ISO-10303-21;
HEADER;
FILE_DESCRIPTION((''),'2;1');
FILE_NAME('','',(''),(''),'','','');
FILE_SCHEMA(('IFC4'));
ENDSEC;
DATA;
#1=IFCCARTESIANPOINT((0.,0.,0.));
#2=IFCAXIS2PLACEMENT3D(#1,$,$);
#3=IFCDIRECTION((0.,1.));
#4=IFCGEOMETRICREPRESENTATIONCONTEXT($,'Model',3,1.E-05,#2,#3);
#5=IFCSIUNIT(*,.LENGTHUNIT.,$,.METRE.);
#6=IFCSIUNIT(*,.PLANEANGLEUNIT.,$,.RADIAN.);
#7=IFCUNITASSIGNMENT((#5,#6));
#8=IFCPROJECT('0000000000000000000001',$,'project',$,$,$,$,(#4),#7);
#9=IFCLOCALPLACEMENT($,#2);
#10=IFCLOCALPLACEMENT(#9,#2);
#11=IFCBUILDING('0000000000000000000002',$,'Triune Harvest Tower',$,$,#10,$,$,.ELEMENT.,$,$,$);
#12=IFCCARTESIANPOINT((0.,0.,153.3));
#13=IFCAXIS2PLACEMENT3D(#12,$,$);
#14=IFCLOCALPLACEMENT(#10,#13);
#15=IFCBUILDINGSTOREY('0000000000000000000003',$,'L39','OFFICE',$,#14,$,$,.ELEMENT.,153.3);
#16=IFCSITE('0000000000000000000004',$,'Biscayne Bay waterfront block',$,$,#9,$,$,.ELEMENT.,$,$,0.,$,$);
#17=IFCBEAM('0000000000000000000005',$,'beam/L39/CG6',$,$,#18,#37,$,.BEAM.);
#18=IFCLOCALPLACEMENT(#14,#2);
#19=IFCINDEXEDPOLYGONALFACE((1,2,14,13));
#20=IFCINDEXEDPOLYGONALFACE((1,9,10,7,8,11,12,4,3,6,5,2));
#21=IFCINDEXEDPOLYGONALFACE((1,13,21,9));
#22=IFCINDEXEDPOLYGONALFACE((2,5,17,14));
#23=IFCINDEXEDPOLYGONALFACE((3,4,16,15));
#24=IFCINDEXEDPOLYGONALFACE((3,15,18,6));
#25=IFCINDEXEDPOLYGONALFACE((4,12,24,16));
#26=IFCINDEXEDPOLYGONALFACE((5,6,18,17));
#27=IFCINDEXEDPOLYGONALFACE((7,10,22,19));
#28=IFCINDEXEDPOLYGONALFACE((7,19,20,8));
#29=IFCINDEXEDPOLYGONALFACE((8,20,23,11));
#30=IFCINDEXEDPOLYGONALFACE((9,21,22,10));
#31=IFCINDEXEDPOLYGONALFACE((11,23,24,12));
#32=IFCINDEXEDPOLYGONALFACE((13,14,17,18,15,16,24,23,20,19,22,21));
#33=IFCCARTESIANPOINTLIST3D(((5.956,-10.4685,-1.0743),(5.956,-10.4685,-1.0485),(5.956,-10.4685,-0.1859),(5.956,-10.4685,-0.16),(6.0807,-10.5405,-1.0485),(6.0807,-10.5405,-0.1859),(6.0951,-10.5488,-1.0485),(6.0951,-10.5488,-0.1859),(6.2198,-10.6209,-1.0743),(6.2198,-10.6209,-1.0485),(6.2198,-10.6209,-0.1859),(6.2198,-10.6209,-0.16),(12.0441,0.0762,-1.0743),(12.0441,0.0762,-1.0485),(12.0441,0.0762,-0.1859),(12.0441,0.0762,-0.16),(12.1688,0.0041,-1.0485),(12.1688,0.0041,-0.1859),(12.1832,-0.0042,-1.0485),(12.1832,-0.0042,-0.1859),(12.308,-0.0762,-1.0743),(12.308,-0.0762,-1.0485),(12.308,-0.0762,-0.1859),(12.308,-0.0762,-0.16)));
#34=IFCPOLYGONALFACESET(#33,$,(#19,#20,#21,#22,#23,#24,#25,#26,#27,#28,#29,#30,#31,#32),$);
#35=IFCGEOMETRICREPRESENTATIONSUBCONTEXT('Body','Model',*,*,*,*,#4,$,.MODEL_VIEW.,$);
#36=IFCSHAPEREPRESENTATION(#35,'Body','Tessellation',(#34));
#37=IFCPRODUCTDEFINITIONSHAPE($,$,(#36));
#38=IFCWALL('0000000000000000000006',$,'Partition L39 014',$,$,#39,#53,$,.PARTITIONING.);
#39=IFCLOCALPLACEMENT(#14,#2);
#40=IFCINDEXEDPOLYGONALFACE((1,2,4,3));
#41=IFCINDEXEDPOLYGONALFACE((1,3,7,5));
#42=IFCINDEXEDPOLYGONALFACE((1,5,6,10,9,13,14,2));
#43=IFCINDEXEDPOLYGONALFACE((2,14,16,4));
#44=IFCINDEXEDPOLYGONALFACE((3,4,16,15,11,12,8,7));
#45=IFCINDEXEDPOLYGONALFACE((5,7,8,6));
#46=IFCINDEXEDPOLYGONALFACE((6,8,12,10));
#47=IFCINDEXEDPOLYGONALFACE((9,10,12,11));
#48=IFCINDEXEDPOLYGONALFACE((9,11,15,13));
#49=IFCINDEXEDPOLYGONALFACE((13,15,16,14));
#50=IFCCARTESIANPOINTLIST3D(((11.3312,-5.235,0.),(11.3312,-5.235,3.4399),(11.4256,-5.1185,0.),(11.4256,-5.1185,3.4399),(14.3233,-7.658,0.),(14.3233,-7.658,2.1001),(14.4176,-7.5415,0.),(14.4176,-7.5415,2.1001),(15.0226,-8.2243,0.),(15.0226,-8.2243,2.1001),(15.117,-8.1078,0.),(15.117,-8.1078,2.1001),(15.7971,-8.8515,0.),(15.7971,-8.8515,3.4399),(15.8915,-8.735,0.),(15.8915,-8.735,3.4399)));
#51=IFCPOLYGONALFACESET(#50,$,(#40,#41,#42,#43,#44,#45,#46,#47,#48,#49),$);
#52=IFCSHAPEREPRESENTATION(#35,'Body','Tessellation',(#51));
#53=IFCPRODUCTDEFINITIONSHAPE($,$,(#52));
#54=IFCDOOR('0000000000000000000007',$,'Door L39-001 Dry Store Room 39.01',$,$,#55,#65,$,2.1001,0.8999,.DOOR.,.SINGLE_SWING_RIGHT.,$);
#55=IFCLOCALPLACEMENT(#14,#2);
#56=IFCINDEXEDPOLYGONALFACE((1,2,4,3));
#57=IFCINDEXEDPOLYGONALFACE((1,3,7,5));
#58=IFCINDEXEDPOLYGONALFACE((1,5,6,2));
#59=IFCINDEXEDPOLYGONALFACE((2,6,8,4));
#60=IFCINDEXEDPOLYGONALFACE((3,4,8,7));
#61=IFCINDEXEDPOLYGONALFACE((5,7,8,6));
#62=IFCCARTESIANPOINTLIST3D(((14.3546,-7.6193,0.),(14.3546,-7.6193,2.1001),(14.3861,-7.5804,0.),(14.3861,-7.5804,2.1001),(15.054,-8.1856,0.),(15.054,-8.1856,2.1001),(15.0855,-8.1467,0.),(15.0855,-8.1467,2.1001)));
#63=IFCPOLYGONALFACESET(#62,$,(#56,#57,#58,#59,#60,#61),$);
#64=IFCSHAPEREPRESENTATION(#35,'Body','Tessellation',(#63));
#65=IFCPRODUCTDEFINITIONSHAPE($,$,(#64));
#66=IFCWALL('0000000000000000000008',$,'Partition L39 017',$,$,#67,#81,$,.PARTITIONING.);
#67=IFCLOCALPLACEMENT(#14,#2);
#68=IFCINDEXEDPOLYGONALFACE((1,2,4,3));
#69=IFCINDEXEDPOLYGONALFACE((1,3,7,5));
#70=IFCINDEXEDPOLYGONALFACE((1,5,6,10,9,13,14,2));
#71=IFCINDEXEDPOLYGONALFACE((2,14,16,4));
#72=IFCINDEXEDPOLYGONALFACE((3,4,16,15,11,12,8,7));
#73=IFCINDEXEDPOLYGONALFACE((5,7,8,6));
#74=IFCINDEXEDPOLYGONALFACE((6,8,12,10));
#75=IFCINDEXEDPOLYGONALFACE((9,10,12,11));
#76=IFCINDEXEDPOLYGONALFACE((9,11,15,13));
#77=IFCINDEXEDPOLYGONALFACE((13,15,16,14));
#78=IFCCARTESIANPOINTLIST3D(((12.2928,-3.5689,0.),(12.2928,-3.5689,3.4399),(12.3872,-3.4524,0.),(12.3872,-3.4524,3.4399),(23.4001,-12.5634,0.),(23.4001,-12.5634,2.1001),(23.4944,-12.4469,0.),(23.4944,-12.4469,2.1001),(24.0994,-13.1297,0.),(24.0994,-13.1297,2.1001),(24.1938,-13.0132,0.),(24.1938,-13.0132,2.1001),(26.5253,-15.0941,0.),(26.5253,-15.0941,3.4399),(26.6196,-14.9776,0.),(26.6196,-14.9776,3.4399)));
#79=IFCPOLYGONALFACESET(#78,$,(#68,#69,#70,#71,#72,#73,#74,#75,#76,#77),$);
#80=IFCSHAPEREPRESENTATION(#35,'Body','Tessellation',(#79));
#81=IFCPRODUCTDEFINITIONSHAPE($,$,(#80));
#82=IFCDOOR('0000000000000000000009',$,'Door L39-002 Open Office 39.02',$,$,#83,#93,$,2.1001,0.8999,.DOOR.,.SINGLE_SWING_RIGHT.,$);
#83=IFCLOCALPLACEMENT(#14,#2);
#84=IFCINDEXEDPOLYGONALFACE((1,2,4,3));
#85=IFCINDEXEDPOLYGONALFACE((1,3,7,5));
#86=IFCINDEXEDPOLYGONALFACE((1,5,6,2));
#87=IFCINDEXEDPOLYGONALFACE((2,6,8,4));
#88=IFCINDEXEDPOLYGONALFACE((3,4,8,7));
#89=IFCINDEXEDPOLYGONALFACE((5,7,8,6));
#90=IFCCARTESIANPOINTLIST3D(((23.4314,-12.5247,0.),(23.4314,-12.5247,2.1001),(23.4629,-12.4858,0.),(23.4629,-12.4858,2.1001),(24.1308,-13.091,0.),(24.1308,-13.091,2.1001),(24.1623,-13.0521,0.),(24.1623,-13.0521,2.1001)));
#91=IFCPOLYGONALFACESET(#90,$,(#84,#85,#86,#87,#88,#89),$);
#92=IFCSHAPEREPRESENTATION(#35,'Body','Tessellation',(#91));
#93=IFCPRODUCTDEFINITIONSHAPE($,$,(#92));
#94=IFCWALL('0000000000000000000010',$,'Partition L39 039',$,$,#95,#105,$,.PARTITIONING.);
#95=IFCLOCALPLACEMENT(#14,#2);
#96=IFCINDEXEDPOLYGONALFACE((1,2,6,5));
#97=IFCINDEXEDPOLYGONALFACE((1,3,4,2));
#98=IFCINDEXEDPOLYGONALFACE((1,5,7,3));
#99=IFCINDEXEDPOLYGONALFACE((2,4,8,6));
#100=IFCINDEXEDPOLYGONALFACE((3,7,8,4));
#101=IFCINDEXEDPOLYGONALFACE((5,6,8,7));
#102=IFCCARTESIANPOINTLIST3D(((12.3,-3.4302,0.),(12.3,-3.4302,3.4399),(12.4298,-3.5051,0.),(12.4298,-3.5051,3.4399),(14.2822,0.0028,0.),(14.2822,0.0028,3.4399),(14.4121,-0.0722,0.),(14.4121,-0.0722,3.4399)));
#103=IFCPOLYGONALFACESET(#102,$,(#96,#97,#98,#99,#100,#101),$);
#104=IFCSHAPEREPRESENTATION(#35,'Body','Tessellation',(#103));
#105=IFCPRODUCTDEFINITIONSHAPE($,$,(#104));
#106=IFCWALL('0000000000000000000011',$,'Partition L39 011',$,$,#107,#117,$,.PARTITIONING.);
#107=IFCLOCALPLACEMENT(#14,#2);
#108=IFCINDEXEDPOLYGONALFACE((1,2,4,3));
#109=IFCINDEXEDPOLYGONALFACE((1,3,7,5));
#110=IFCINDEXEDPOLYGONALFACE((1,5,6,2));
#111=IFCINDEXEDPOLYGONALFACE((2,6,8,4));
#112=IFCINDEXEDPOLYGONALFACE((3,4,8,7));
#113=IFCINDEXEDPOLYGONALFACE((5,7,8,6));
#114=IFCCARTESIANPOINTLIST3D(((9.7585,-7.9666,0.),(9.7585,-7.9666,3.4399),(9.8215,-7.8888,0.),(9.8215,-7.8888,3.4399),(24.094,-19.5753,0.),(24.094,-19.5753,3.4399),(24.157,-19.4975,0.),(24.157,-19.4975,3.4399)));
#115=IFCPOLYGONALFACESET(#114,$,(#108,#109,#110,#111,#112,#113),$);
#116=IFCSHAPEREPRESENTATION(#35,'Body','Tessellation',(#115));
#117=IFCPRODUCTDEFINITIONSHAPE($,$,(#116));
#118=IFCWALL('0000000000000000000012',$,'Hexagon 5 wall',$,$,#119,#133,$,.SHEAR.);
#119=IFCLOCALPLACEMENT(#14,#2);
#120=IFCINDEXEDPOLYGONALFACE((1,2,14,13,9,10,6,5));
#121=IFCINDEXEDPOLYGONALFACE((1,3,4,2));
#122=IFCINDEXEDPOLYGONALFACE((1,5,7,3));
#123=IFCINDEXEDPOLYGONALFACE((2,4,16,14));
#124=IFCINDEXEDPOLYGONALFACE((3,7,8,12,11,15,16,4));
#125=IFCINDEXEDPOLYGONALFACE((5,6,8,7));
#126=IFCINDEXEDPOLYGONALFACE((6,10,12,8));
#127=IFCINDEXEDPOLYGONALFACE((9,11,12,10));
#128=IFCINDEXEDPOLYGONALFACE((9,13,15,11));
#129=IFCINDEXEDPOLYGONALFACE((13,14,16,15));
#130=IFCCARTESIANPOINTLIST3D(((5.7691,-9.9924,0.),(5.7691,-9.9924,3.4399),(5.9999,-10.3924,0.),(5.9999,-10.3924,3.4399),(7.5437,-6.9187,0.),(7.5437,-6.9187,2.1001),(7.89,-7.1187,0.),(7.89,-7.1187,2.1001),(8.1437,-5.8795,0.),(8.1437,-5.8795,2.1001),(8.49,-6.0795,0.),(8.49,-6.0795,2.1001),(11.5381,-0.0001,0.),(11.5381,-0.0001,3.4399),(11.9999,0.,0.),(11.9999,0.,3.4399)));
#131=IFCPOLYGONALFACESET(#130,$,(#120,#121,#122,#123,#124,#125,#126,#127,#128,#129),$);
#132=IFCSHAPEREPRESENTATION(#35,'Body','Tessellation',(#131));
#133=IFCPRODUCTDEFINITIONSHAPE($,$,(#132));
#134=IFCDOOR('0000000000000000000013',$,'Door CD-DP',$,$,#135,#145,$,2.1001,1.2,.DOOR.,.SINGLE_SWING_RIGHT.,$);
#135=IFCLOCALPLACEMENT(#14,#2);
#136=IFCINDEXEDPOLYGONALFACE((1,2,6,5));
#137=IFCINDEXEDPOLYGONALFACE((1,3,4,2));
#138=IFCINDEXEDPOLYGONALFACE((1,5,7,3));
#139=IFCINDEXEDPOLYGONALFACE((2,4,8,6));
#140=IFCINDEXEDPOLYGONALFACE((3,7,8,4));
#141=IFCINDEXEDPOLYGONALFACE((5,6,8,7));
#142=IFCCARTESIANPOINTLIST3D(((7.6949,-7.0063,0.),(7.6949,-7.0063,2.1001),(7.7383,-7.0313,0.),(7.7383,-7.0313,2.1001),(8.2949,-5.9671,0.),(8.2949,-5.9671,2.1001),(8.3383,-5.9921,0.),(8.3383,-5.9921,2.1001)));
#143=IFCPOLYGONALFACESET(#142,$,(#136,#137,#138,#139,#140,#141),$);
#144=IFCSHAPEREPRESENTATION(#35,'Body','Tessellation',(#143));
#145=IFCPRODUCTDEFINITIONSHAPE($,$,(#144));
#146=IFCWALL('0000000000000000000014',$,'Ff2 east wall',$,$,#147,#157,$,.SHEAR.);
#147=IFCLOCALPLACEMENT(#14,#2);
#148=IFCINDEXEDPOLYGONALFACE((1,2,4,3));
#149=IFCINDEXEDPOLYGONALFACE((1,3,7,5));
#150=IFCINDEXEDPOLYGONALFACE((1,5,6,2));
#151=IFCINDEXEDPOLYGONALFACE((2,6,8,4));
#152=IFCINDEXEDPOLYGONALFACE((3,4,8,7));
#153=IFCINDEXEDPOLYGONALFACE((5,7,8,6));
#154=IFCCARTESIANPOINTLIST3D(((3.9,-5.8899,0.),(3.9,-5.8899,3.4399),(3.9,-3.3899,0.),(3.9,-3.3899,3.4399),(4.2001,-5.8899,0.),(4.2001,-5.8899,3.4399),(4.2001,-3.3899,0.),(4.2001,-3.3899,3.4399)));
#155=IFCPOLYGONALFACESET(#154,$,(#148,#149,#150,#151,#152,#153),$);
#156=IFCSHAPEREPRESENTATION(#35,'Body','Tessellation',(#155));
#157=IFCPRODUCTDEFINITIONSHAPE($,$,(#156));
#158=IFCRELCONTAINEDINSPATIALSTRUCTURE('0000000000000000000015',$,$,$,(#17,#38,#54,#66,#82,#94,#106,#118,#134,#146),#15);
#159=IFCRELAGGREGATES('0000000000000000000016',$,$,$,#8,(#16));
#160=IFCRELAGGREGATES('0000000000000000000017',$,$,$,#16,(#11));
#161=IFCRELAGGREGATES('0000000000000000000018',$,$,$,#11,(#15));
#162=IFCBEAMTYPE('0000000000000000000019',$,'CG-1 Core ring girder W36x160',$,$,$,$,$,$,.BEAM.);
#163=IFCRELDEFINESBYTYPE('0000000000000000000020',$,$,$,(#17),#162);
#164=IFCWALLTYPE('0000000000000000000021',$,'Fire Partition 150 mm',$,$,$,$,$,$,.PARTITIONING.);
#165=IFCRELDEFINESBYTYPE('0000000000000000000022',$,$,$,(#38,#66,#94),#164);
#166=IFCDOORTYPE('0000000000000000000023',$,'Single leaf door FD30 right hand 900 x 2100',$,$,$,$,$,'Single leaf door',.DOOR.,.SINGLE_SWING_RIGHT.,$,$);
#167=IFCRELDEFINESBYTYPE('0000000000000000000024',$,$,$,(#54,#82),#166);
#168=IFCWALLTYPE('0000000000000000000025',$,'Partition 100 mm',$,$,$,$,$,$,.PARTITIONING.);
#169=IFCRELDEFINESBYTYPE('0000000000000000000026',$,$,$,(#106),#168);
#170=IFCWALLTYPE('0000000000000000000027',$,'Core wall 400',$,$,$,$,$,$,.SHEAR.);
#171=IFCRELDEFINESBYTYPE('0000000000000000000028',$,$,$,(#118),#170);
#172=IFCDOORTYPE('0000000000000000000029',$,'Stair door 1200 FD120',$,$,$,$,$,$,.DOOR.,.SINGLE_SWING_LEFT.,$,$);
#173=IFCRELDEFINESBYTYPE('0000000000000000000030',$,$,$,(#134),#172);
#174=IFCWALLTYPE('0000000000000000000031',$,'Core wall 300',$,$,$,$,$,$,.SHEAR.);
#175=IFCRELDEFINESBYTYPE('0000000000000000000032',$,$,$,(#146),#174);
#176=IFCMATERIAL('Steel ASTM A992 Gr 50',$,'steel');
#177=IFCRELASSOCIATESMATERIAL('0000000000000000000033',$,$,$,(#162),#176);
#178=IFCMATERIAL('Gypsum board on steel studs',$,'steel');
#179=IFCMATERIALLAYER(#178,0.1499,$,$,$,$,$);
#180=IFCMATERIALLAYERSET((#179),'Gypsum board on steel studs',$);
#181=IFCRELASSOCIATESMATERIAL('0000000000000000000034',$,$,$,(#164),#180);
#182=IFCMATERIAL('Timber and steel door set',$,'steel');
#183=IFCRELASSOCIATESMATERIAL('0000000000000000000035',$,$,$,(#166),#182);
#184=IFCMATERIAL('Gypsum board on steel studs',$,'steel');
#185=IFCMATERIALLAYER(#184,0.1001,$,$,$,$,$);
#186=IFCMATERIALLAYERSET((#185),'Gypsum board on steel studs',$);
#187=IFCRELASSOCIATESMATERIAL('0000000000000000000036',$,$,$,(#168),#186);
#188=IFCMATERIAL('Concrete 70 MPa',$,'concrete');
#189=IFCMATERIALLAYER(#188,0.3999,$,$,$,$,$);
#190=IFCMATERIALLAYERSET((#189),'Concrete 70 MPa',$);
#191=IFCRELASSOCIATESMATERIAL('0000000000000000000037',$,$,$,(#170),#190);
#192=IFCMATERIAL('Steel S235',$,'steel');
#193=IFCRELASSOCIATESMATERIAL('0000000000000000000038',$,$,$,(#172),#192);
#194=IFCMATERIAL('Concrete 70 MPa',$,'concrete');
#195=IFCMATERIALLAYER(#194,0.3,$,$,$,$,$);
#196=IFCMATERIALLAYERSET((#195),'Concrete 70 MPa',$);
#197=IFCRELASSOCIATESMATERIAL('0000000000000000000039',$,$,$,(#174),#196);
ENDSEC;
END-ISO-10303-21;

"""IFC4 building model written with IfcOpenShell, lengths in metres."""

from ifc_helpers import new_model, si_unit, direction, frame, frame_2d, origin, origin_2d, place, context, subcontext, project, spatial, polyline, rectangle, i_section, outline, extrude, source, transform, mapped, material, layer, layer_set, material_profile, profile_set, type_object, element, fill, save


model = new_model("IFC4")

# Units and contexts
model_context = context("Model", 3, precision=1e-05, world=origin(), true_north=direction((0.0, 1.0)))
body_context = subcontext(model_context, "Body", "Model", "MODEL_VIEW")
ifc_project = project(units=[si_unit("LENGTHUNIT", "METRE"), si_unit("PLANEANGLEUNIT", "RADIAN")], contexts=[model_context])

# Site, building, storey
site_placement = place(None, origin())
site = spatial("IfcSite", under=ifc_project, at=site_placement, Name="Biscayne Bay waterfront block", CompositionType="ELEMENT", RefElevation=0.0)
building_placement = place(site_placement, origin())
building = spatial("IfcBuilding", under=site, at=building_placement, Name="Triune Harvest Tower", CompositionType="ELEMENT")
storey_placement = place(building_placement, frame((0.0, 0.0, 153.3)))
storey = spatial("IfcBuildingStorey", under=building, at=storey_placement, Name="L39", Description="OFFICE", CompositionType="ELEMENT", Elevation=153.3)

# Beam
ifc_material_1 = material(Name="Steel ASTM A992 Gr 50", Category="steel")
ifc_material_profile = material_profile(ifc_material_1, i_section(OverallWidth=0.3047, OverallDepth=0.9143, WebThickness=0.0166, FlangeThickness=0.0259, at=origin_2d()), Name="W36x160")
ifc_profile_set = profile_set([ifc_material_profile], Name="Steel ASTM A992 Gr 50")
beam_type = type_object("IfcBeamType", Name="CG-1 Core ring girder W36x160", PredefinedType="BEAM", material=ifc_profile_set)
shared_shape_1 = source(origin(), body_context, "Body", "SweptSolid", [
    extrude(i_section(OverallWidth=0.3047, OverallDepth=0.9143, WebThickness=0.0166, FlangeThickness=0.0259, at=origin_2d()), origin(), (0.0, 0.0, 1.0), 12.176),
])
beam_placement = place(storey_placement, frame((6.0879, -10.5447, -0.6172), z_axis=(0.50001, 0.86602, 0.0), x_axis=(-0.86602, 0.50001, 0.0)))
element("IfcBeam", 1, at=beam_placement, inside=storey, type_object=beam_type, Name="beam/L39/CG6", PredefinedType="BEAM", context=body_context, shape_type="MappedRepresentation", body=[
    mapped(shared_shape_1, transform((0.0, 0.0, 0.0), scale=1.0)),
])

# Walls, openings, doors
ifc_material_2 = material(Name="Gypsum board on steel studs", Category="steel")
ifc_layer_1 = layer(ifc_material_2, 0.1499)
ifc_layer_set_1 = layer_set([ifc_layer_1], Name="Gypsum board on steel studs")
wall_type_1 = type_object("IfcWallType", Name="Fire Partition 150 mm", PredefinedType="PARTITIONING", material=ifc_layer_set_1)
wall_1_placement = place(storey_placement, frame((11.3784, -5.1768, 0.0), z_axis=(0.0, 0.0, 1.0), x_axis=(0.777137, -0.629331, 0.0)))
wall_1 = element("IfcWall", 2, at=wall_1_placement, inside=storey, type_object=wall_type_1, Name="Partition L39 014", PredefinedType="PARTITIONING", context=body_context, shape_type="SweptSolid", body=[
    extrude(rectangle(XDim=5.7466, YDim=0.1499, at=frame_2d((2.8733, 0.0))), origin(), (0.0, 0.0, 1.0), 3.4399),
])
opening_1_placement = place(wall_1_placement, frame((3.8501, 0.0, 0.0)))
opening_1 = element("IfcOpeningElement", 3, at=opening_1_placement, cuts=wall_1, PredefinedType="OPENING", context=body_context, shape_type="SweptSolid", body=[
    extrude(rectangle(XDim=0.8999, YDim=2.1001, at=frame_2d((0.45, 1.05))), frame((0.0, 0.085, 0.0), z_axis=(0.0, -1.0, 0.0), x_axis=(1.0, 0.0, 0.0)), (0.0, 0.0, 1.0), 0.1699),
])
ifc_material_3 = material(Name="Timber and steel door set", Category="steel")
door_type_1 = type_object("IfcDoorType", Name="Single leaf door FD30 right hand 900 x 2100", ElementType="Single leaf door", OperationType="SINGLE_SWING_RIGHT", PredefinedType="DOOR", material=ifc_material_3)
door_1_placement = place(opening_1_placement, origin())
door_1 = element("IfcDoor", 4, at=door_1_placement, inside=storey, type_object=door_type_1, Name="Door L39-001 Dry Store Room 39.01", OperationType="SINGLE_SWING_RIGHT", OverallHeight=2.1001, OverallWidth=0.8999, PredefinedType="DOOR", context=body_context, shape_type="SweptSolid", body=[
    extrude(rectangle(XDim=0.8999, YDim=2.1001, at=frame_2d((0.45, 1.05))), frame((0.0, 0.0249, 0.0), z_axis=(0.0, -1.0, 0.0), x_axis=(1.0, 0.0, 0.0)), (0.0, 0.0, 1.0), 0.05),
])
fill(opening_1, door_1)
wall_2_placement = place(storey_placement, frame((12.3401, -3.5107, 0.0), z_axis=(0.0, 0.0, 1.0), x_axis=(0.777147, -0.629319, 0.0)))
wall_2 = element("IfcWall", 5, at=wall_2_placement, inside=storey, type_object=wall_type_1, Name="Partition L39 017", PredefinedType="PARTITIONING", context=body_context, shape_type="SweptSolid", body=[
    extrude(rectangle(XDim=18.3137, YDim=0.1499, at=frame_2d((9.1567, 0.0))), origin(), (0.0, 0.0, 1.0), 3.4399),
])
opening_2_placement = place(wall_2_placement, frame((14.2922, 0.0, 0.0)))
opening_2 = element("IfcOpeningElement", 6, at=opening_2_placement, cuts=wall_2, PredefinedType="OPENING", context=body_context, shape_type="SweptSolid", body=[
    extrude(rectangle(XDim=0.8999, YDim=2.1001, at=frame_2d((0.45, 1.05))), frame((0.0, 0.085, 0.0), z_axis=(0.0, -1.0, 0.0), x_axis=(1.0, 0.0, 0.0)), (0.0, 0.0, 1.0), 0.1699),
])
door_2_placement = place(opening_2_placement, origin())
door_2 = element("IfcDoor", 7, at=door_2_placement, inside=storey, type_object=door_type_1, Name="Door L39-002 Open Office 39.02", OperationType="SINGLE_SWING_RIGHT", OverallHeight=2.1001, OverallWidth=0.8999, PredefinedType="DOOR", context=body_context, shape_type="SweptSolid", body=[
    extrude(rectangle(XDim=0.8999, YDim=2.1001, at=frame_2d((0.45, 1.05))), frame((0.0, 0.0249, 0.0), z_axis=(0.0, -1.0, 0.0), x_axis=(1.0, 0.0, 0.0)), (0.0, 0.0, 1.0), 0.05),
])
fill(opening_2, door_2)

# Walls
wall_3_placement = place(storey_placement, frame((12.365, -3.4675, 0.0), z_axis=(0.0, 0.0, 1.0), x_axis=(0.500041, 0.866002, 0.0)))
element("IfcWall", 8, at=wall_3_placement, inside=storey, type_object=wall_type_1, Name="Partition L39 039", PredefinedType="PARTITIONING", context=body_context, shape_type="SweptSolid", body=[
    extrude(rectangle(XDim=3.9641, YDim=0.1499, at=frame_2d((1.9819, 0.0))), origin(), (0.0, 0.0, 1.0), 3.4399),
])
ifc_material_4 = material(Name="Gypsum board on steel studs", Category="steel")
ifc_layer_2 = layer(ifc_material_4, 0.1001)
ifc_layer_set_2 = layer_set([ifc_layer_2], Name="Gypsum board on steel studs")
wall_type_2 = type_object("IfcWallType", Name="Partition 100 mm", PredefinedType="PARTITIONING", material=ifc_layer_set_2)
wall_4_placement = place(storey_placement, frame((9.79, -7.9277, 0.0), z_axis=(0.0, 0.0, 1.0), x_axis=(0.777145, -0.629321, 0.0)))
element("IfcWall", 9, at=wall_4_placement, inside=storey, type_object=wall_type_2, Name="Partition L39 011", PredefinedType="PARTITIONING", context=body_context, shape_type="SweptSolid", body=[
    extrude(rectangle(XDim=18.4463, YDim=0.1001, at=frame_2d((9.2231, 0.0))), origin(), (0.0, 0.0, 1.0), 3.4399),
])

# Wall, opening, door
ifc_material_5 = material(Name="Concrete 70 MPa", Category="concrete")
ifc_layer_3 = layer(ifc_material_5, 0.3999)
ifc_layer_set_3 = layer_set([ifc_layer_3], Name="Concrete 70 MPa")
wall_type_3 = type_object("IfcWallType", Name="Core wall 400", PredefinedType="SHEAR", material=ifc_layer_set_3)
shared_shape_2 = source(origin(), body_context, "Body", "SweptSolid", [
    extrude(outline(polyline([(-0.1155, -0.2), (11.8845, -0.2), (11.6536, 0.2), (0.1155, 0.2), (-0.1155, -0.2)])), origin(), (0.0, 0.0, 1.0), 3.4399),
])
wall_5_placement = place(storey_placement, frame((5.8845, -10.1924, 0.0), z_axis=(0.0, 0.0, 1.0), x_axis=(0.499997, 0.866027, 0.0)))
wall_5 = element("IfcWall", 10, at=wall_5_placement, inside=storey, type_object=wall_type_3, Name="Hexagon 5 wall", PredefinedType="SHEAR", context=body_context, shape_type="MappedRepresentation", body=[
    mapped(shared_shape_2, transform((0.0, 0.0, 0.0), scale=1.0)),
])
opening_3_placement = place(wall_5_placement, frame((3.6646, 0.0, 0.0)))
opening_3 = element("IfcOpeningElement", 11, at=opening_3_placement, cuts=wall_5, PredefinedType="OPENING", context=body_context, shape_type="SweptSolid", body=[
    extrude(rectangle(XDim=1.2, YDim=2.1001, at=frame_2d((0.6001, 1.05))), frame((0.0, 0.21, 0.0), z_axis=(0.0, -1.0, 0.0), x_axis=(1.0, 0.0, 0.0)), (0.0, 0.0, 1.0), 0.4199),
])
ifc_material_6 = material(Name="Steel S235", Category="steel")
door_type_2 = type_object("IfcDoorType", Name="Stair door 1200 FD120", OperationType="SINGLE_SWING_LEFT", PredefinedType="DOOR", material=ifc_material_6)
door_3_placement = place(opening_3_placement, frame((1.2, 0.0, 0.0), z_axis=(0.0, 0.0, 1.0), x_axis=(-1.0, 0.0, 0.0)))
door_3 = element("IfcDoor", 12, at=door_3_placement, inside=storey, type_object=door_type_2, Name="Door CD-DP", OperationType="SINGLE_SWING_RIGHT", OverallHeight=2.1001, OverallWidth=1.2, PredefinedType="DOOR", context=body_context, shape_type="SweptSolid", body=[
    extrude(rectangle(XDim=1.2, YDim=2.1001, at=frame_2d((0.6001, 1.05))), frame((0.0, 0.0249, 0.0), z_axis=(0.0, -1.0, 0.0), x_axis=(1.0, 0.0, 0.0)), (0.0, 0.0, 1.0), 0.05),
])
fill(opening_3, door_3)

# Wall
ifc_material_7 = material(Name="Concrete 70 MPa", Category="concrete")
ifc_layer_4 = layer(ifc_material_7, 0.3)
ifc_layer_set_4 = layer_set([ifc_layer_4], Name="Concrete 70 MPa")
wall_type_4 = type_object("IfcWallType", Name="Core wall 300", PredefinedType="SHEAR", material=ifc_layer_set_4)
shared_shape_3 = source(origin(), body_context, "Body", "SweptSolid", [
    extrude(rectangle(XDim=2.5, YDim=0.3, at=frame_2d((1.25, 0.0))), origin(), (0.0, 0.0, 1.0), 3.4399),
])
wall_6_placement = place(storey_placement, frame((4.05, -5.8899, 0.0), z_axis=(0.0, 0.0, 1.0), x_axis=(0.0, 1.0, 0.0)))
element("IfcWall", 13, at=wall_6_placement, inside=storey, type_object=wall_type_4, Name="Ff2 east wall", PredefinedType="SHEAR", context=body_context, shape_type="MappedRepresentation", body=[
    mapped(shared_shape_3, transform((0.0, 0.0, 0.0), scale=1.0)),
])

save(model, "model.ifc")
